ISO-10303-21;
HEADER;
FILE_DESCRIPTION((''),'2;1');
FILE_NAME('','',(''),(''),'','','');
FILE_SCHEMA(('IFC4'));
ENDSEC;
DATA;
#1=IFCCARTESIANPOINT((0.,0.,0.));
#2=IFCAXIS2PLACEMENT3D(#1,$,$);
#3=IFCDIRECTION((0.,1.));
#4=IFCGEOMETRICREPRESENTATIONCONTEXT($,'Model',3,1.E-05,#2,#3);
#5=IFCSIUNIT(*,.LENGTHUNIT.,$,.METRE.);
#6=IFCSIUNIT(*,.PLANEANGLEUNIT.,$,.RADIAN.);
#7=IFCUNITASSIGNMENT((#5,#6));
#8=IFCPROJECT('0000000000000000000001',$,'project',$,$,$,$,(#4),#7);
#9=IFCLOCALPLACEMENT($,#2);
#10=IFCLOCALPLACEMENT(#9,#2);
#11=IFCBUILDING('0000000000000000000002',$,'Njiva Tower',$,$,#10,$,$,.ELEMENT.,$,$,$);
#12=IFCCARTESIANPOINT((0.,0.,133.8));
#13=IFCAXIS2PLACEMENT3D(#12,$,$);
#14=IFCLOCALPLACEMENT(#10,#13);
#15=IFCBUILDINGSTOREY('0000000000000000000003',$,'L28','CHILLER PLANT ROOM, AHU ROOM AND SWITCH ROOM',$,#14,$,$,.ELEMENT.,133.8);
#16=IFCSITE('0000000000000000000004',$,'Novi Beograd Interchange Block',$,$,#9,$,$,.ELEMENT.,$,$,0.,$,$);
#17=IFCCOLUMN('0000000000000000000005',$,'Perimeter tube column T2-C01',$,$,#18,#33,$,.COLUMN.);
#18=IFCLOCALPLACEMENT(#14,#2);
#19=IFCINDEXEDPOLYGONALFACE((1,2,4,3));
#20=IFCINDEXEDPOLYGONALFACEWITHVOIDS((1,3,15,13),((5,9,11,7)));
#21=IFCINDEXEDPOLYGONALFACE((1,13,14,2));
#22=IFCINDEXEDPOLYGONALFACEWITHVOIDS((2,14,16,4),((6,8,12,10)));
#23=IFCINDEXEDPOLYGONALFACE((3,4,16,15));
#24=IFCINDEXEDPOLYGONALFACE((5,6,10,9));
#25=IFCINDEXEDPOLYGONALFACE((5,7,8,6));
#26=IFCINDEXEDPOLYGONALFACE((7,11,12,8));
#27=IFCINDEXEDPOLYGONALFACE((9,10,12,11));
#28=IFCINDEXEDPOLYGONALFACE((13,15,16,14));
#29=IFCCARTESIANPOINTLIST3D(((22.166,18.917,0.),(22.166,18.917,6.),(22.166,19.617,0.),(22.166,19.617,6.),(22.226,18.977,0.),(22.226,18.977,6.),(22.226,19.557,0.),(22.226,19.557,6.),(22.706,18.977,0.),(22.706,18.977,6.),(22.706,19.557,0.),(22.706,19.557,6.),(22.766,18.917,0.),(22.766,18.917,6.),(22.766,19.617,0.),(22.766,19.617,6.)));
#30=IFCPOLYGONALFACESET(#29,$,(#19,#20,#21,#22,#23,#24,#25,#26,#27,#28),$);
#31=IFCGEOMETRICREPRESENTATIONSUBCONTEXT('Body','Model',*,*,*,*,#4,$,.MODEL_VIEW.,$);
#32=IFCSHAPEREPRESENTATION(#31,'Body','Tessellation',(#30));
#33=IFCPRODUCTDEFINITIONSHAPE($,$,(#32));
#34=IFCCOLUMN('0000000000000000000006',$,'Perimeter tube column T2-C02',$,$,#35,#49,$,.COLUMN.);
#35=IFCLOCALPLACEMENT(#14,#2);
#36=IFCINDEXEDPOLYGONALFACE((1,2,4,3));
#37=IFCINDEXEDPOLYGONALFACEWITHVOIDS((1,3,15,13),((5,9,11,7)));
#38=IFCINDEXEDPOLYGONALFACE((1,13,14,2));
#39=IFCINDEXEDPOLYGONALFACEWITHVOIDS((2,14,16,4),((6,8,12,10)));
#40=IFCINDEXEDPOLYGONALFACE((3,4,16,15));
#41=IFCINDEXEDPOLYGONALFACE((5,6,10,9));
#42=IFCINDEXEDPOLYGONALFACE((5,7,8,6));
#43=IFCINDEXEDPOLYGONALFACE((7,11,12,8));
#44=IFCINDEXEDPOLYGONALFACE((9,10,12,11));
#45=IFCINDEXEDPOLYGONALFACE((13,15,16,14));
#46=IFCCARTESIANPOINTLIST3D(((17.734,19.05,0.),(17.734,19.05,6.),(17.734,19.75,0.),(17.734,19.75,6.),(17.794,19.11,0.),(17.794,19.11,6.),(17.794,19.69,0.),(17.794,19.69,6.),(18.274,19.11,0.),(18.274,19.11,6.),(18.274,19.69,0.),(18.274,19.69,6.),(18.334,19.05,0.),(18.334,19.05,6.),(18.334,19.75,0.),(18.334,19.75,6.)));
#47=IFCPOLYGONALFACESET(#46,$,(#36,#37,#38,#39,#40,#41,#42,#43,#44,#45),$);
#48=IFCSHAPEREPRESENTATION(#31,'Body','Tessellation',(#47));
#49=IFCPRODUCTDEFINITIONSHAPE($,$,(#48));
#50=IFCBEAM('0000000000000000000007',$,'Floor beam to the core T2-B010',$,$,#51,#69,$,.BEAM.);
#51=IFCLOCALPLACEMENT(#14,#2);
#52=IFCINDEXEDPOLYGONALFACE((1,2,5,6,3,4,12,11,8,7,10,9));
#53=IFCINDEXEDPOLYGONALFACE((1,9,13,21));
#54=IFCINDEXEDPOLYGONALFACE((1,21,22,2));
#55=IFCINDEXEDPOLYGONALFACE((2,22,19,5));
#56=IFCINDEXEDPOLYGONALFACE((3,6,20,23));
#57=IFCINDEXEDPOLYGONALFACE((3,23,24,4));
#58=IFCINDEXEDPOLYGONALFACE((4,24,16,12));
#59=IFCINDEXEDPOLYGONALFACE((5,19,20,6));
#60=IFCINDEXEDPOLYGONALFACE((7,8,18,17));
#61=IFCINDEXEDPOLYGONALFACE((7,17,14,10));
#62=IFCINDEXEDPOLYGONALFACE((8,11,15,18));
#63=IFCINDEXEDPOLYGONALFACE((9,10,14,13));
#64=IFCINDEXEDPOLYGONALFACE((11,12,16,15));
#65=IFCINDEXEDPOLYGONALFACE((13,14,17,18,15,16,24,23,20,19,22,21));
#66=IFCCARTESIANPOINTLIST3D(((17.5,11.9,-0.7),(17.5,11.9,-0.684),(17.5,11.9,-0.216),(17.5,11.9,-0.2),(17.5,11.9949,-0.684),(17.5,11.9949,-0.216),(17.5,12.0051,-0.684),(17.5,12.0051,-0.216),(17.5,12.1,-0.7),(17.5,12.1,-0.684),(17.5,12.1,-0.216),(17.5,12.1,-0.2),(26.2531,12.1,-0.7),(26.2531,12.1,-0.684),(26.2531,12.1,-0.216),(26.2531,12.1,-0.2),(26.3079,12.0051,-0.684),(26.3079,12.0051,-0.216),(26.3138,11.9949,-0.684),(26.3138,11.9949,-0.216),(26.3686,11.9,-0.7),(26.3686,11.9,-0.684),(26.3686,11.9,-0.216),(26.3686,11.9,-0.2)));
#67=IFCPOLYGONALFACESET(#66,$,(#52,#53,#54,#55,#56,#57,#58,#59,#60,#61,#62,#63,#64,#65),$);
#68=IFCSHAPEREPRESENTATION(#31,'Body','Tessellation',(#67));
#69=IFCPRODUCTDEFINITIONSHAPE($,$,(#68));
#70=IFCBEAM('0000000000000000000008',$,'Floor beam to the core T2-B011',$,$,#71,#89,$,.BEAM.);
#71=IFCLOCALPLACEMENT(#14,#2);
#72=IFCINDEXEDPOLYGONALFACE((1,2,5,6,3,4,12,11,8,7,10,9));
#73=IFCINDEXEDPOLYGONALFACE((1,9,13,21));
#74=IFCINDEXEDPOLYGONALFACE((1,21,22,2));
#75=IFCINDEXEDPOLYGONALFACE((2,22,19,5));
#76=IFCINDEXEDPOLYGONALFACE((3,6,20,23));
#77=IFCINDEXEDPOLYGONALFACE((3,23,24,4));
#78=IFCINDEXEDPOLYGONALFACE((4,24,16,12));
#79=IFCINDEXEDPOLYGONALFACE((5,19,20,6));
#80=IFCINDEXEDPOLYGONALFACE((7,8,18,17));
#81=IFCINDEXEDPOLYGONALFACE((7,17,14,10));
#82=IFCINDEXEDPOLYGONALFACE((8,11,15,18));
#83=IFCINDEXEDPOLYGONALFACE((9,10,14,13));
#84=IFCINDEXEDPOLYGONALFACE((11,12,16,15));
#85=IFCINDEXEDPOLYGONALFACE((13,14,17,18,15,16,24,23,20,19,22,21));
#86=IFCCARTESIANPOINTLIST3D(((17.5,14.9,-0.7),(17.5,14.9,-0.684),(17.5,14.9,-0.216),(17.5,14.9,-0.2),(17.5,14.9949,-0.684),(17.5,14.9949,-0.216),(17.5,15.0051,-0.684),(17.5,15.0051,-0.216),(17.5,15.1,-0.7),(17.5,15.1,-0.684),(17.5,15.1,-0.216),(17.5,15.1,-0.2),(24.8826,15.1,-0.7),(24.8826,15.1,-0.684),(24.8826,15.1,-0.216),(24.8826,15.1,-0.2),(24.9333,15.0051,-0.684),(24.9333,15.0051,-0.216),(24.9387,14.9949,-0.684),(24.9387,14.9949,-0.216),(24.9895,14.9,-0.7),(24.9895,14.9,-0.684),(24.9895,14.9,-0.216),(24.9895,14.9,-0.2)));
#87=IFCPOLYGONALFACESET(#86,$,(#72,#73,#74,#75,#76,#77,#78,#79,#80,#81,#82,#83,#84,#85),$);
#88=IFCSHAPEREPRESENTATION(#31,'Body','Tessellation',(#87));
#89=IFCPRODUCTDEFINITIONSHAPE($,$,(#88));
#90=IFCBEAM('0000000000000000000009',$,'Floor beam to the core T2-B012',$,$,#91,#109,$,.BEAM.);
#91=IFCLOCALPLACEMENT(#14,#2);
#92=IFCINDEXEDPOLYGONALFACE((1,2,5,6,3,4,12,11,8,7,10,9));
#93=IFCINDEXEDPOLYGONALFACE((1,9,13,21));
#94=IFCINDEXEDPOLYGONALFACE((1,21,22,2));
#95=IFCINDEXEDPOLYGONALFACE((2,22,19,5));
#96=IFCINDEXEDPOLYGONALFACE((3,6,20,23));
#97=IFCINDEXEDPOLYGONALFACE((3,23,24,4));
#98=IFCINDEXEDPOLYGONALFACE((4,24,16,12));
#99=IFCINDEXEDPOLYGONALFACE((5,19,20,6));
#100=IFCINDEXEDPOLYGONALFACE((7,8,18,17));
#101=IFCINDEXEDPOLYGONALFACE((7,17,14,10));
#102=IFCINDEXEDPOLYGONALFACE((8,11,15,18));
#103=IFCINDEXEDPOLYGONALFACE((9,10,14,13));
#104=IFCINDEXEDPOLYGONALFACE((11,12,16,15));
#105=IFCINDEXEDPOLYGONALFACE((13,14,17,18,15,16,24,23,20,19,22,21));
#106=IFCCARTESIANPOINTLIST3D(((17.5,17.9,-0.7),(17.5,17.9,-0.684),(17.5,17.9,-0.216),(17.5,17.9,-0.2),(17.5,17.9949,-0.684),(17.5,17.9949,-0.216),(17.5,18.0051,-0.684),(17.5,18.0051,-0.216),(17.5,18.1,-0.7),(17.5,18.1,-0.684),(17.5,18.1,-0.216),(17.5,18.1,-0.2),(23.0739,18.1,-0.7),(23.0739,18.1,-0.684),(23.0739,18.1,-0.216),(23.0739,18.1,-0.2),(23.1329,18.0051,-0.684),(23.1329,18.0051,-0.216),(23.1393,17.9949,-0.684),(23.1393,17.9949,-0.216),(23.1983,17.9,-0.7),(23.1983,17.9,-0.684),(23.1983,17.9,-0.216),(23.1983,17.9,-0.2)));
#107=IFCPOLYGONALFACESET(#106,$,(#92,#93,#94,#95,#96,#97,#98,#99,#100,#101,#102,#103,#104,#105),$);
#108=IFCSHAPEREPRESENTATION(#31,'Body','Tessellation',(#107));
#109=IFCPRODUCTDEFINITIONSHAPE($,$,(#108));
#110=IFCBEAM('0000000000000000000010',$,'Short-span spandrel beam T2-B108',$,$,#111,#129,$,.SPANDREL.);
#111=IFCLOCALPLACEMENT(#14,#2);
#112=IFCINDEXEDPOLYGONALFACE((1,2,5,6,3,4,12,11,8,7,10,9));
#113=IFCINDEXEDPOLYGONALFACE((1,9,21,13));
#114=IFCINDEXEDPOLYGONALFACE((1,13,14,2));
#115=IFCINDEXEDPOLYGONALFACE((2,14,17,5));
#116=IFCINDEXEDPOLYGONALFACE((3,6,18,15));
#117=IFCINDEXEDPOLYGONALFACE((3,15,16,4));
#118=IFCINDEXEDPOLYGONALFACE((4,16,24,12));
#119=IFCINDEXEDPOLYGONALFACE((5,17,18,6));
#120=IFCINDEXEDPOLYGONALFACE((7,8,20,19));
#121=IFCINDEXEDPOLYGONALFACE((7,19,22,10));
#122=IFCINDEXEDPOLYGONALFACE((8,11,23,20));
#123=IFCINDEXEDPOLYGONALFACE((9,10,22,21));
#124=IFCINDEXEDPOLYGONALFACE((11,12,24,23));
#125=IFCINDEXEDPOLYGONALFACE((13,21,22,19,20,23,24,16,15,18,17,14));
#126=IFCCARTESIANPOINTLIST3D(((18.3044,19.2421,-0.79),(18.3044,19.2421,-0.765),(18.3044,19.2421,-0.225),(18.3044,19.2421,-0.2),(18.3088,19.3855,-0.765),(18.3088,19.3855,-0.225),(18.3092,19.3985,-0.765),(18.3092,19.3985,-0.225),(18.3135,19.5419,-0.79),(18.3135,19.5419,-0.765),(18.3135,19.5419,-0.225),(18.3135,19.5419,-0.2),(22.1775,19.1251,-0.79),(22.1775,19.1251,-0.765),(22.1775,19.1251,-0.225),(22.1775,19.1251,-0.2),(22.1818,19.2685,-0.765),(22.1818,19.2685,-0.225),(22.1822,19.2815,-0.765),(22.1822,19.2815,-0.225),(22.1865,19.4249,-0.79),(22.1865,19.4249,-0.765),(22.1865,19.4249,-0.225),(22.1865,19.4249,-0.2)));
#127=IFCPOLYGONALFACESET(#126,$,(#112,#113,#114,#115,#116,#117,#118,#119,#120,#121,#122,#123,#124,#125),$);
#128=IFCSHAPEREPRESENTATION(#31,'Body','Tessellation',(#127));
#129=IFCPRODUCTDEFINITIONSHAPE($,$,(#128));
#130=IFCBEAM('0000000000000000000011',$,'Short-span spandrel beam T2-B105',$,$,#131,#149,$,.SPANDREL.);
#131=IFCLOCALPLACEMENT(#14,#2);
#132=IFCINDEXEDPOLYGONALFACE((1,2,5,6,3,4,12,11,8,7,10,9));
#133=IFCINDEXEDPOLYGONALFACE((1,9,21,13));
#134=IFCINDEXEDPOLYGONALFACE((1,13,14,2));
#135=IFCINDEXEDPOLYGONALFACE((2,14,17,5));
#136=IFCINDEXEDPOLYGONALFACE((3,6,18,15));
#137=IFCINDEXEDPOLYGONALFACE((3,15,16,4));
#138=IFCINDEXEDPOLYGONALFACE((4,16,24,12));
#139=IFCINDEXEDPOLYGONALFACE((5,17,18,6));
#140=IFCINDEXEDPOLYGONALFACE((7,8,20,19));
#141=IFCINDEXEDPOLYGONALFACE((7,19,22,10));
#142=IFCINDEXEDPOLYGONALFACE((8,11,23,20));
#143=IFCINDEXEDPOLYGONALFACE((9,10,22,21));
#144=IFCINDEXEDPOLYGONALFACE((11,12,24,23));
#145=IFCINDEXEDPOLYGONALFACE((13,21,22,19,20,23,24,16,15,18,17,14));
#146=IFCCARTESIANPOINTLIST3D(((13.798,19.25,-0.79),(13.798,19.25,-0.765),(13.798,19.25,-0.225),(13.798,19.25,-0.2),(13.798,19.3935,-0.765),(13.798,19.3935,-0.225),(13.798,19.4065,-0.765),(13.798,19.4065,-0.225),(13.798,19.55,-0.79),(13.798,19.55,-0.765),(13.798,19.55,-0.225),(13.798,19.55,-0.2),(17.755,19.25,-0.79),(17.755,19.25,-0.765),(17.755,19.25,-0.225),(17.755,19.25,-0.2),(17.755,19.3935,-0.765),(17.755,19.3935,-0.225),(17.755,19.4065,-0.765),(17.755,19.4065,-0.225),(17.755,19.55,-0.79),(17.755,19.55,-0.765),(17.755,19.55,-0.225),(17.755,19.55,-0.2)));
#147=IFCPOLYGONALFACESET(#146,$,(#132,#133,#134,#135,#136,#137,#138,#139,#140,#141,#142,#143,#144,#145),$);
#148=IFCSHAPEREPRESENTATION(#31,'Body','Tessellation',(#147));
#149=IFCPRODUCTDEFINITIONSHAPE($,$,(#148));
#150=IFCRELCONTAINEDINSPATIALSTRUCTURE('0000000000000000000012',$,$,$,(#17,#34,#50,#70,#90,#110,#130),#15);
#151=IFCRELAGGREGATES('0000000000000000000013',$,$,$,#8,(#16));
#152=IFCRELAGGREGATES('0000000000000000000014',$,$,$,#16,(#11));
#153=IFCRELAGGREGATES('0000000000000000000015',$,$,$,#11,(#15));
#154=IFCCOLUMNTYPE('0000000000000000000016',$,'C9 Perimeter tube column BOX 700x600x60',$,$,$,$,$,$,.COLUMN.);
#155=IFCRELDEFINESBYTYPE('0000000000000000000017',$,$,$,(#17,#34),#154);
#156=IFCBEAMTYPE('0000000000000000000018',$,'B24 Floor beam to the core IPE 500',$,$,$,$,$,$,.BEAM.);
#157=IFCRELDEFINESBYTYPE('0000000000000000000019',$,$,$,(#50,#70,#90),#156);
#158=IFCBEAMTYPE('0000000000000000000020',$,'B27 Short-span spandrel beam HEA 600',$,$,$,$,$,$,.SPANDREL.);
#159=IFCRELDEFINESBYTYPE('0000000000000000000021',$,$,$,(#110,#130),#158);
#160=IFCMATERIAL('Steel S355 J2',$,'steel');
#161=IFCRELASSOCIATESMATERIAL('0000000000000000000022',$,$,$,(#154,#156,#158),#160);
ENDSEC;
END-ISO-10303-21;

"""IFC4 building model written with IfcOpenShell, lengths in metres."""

from ifc_helpers import new_model, si_unit, direction, frame, origin, origin_2d, place, context, subcontext, project, spatial, hollow_rectangle, i_section, extrude, clip, halfspace, material, material_profile, profile_set, type_object, element, save


model = new_model("IFC4")

# Units and contexts
model_context = context("Model", 3, precision=1e-05, world=origin(), true_north=direction((0.0, 1.0)))
body_context = subcontext(model_context, "Body", "Model", "MODEL_VIEW")
ifc_project = project(units=[si_unit("LENGTHUNIT", "METRE"), si_unit("PLANEANGLEUNIT", "RADIAN")], contexts=[model_context])

# Site, building, storey
site_placement = place(None, origin())
site = spatial("IfcSite", under=ifc_project, at=site_placement, Name="Novi Beograd Interchange Block", CompositionType="ELEMENT", RefElevation=0.0)
building_placement = place(site_placement, origin())
building = spatial("IfcBuilding", under=site, at=building_placement, Name="Njiva Tower", CompositionType="ELEMENT")
storey_placement = place(building_placement, frame((0.0, 0.0, 133.8)))
storey = spatial("IfcBuildingStorey", under=building, at=storey_placement, Name="L28", Description="CHILLER PLANT ROOM, AHU ROOM AND SWITCH ROOM", CompositionType="ELEMENT", Elevation=133.8)

# Columns
ifc_material_1 = material(Name="Steel S355 J2", Category="steel")
ifc_material_profile_1 = material_profile(ifc_material_1, hollow_rectangle(XDim=0.6, YDim=0.7, WallThickness=0.06, at=origin_2d()), Name="BOX 700x600x60")
ifc_profile_set_1 = profile_set([ifc_material_profile_1], Name="Steel S355 J2")
column_type = type_object("IfcColumnType", Name="C9 Perimeter tube column BOX 700x600x60", PredefinedType="COLUMN", material=ifc_profile_set_1)
for number, where, z_axis, x_axis, name in (
    (1, (22.466, 19.267, 0.0), (0.0, 0.0, 1.0), (-1.0, 0.0, 0.0), "Perimeter tube column T2-C01"),
    (2, (18.034, 19.4, 0.0), (0.0, 0.0, 1.0), (-1.0, 0.0, 0.0), "Perimeter tube column T2-C02"),
):
    element("IfcColumn", number, at=place(storey_placement, frame(where, z_axis=z_axis, x_axis=x_axis)), inside=storey, type_object=column_type, Name=name, PredefinedType="COLUMN", context=body_context, shape_type="SweptSolid", body=[
        extrude(hollow_rectangle(XDim=0.6, YDim=0.7, WallThickness=0.06, at=origin_2d()), origin(), (0.0, 0.0, 1.0), 6.0),
    ])

# Beams
ifc_material_profile_2 = material_profile(ifc_material_1, i_section(OverallWidth=0.2, OverallDepth=0.5, WebThickness=0.0102, FlangeThickness=0.016, at=origin_2d()), Name="IPE 500")
ifc_profile_set_2 = profile_set([ifc_material_profile_2], Name="Steel S355 J2")
beam_type_1 = type_object("IfcBeamType", Name="B24 Floor beam to the core IPE 500", PredefinedType="BEAM", material=ifc_profile_set_2)
beam_1_placement = place(storey_placement, frame((17.5, 12.0, -0.45), z_axis=(1.0, 0.0, 0.0), x_axis=(0.0, 1.0, 0.0)))
element("IfcBeam", 3, at=beam_1_placement, inside=storey, type_object=beam_type_1, Name="Floor beam to the core T2-B010", PredefinedType="BEAM", context=body_context, shape_type="Clipping", body=[
    clip(extrude(i_section(OverallWidth=0.2, OverallDepth=0.5, WebThickness=0.0102, FlangeThickness=0.016, at=origin_2d()), origin(), (0.0, 0.0, 1.0), 8.889), halfspace(frame((0.025, 0.0, 8.7964), z_axis=(0.499998, 0.0, 0.866027), x_axis=(0.0, 1.0, 0.0)), False)),
])
beam_2_placement = place(storey_placement, frame((17.5, 15.0, -0.45), z_axis=(1.0, 0.0, 0.0), x_axis=(0.0, 1.0, 0.0)))
element("IfcBeam", 4, at=beam_2_placement, inside=storey, type_object=beam_type_1, Name="Floor beam to the core T2-B011", PredefinedType="BEAM", context=body_context, shape_type="Clipping", body=[
    clip(extrude(i_section(OverallWidth=0.2, OverallDepth=0.5, WebThickness=0.0102, FlangeThickness=0.016, at=origin_2d()), origin(), (0.0, 0.0, 1.0), 7.509), halfspace(frame((0.0236, 0.0, 7.4234), z_axis=(0.471503, 0.0, 0.881865), x_axis=(0.0, 1.0, 0.0)), False)),
])
beam_3_placement = place(storey_placement, frame((17.5, 18.0, -0.45), z_axis=(1.0, 0.0, 0.0), x_axis=(0.0, 1.0, 0.0)))
element("IfcBeam", 5, at=beam_3_placement, inside=storey, type_object=beam_type_1, Name="Floor beam to the core T2-B012", PredefinedType="BEAM", context=body_context, shape_type="Clipping", body=[
    clip(extrude(i_section(OverallWidth=0.2, OverallDepth=0.5, WebThickness=0.0102, FlangeThickness=0.016, at=origin_2d()), origin(), (0.0, 0.0, 1.0), 5.718), halfspace(frame((0.0264, 0.0, 5.6197), z_axis=(0.52796, 0.0, 0.849269), x_axis=(0.0, 1.0, 0.0)), False)),
])
ifc_material_profile_3 = material_profile(ifc_material_1, i_section(OverallWidth=0.3, OverallDepth=0.59, WebThickness=0.013, FlangeThickness=0.025, at=origin_2d()), Name="HEA 600")
ifc_profile_set_3 = profile_set([ifc_material_profile_3], Name="Steel S355 J2")
beam_type_2 = type_object("IfcBeamType", Name="B27 Short-span spandrel beam HEA 600", PredefinedType="SPANDREL", material=ifc_profile_set_3)
beam_4_placement = place(storey_placement, frame((22.182, 19.275, -0.495), z_axis=(-0.999544, 0.030195, 0.0), x_axis=(-0.030195, -0.999544, 0.0)))
element("IfcBeam", 6, at=beam_4_placement, inside=storey, type_object=beam_type_2, Name="Short-span spandrel beam T2-B108", PredefinedType="SPANDREL", context=body_context, shape_type="SweptSolid", body=[
    extrude(i_section(OverallWidth=0.3, OverallDepth=0.59, WebThickness=0.013, FlangeThickness=0.025, at=origin_2d()), origin(), (0.0, 0.0, 1.0), 3.8748),
])
beam_5_placement = place(storey_placement, frame((17.755, 19.4, -0.495), z_axis=(-1.0, 0.0, 0.0), x_axis=(0.0, -1.0, 0.0)))
element("IfcBeam", 7, at=beam_5_placement, inside=storey, type_object=beam_type_2, Name="Short-span spandrel beam T2-B105", PredefinedType="SPANDREL", context=body_context, shape_type="SweptSolid", body=[
    extrude(i_section(OverallWidth=0.3, OverallDepth=0.59, WebThickness=0.013, FlangeThickness=0.025, at=origin_2d()), origin(), (0.0, 0.0, 1.0), 3.957),
])

save(model, "model.ifc")
